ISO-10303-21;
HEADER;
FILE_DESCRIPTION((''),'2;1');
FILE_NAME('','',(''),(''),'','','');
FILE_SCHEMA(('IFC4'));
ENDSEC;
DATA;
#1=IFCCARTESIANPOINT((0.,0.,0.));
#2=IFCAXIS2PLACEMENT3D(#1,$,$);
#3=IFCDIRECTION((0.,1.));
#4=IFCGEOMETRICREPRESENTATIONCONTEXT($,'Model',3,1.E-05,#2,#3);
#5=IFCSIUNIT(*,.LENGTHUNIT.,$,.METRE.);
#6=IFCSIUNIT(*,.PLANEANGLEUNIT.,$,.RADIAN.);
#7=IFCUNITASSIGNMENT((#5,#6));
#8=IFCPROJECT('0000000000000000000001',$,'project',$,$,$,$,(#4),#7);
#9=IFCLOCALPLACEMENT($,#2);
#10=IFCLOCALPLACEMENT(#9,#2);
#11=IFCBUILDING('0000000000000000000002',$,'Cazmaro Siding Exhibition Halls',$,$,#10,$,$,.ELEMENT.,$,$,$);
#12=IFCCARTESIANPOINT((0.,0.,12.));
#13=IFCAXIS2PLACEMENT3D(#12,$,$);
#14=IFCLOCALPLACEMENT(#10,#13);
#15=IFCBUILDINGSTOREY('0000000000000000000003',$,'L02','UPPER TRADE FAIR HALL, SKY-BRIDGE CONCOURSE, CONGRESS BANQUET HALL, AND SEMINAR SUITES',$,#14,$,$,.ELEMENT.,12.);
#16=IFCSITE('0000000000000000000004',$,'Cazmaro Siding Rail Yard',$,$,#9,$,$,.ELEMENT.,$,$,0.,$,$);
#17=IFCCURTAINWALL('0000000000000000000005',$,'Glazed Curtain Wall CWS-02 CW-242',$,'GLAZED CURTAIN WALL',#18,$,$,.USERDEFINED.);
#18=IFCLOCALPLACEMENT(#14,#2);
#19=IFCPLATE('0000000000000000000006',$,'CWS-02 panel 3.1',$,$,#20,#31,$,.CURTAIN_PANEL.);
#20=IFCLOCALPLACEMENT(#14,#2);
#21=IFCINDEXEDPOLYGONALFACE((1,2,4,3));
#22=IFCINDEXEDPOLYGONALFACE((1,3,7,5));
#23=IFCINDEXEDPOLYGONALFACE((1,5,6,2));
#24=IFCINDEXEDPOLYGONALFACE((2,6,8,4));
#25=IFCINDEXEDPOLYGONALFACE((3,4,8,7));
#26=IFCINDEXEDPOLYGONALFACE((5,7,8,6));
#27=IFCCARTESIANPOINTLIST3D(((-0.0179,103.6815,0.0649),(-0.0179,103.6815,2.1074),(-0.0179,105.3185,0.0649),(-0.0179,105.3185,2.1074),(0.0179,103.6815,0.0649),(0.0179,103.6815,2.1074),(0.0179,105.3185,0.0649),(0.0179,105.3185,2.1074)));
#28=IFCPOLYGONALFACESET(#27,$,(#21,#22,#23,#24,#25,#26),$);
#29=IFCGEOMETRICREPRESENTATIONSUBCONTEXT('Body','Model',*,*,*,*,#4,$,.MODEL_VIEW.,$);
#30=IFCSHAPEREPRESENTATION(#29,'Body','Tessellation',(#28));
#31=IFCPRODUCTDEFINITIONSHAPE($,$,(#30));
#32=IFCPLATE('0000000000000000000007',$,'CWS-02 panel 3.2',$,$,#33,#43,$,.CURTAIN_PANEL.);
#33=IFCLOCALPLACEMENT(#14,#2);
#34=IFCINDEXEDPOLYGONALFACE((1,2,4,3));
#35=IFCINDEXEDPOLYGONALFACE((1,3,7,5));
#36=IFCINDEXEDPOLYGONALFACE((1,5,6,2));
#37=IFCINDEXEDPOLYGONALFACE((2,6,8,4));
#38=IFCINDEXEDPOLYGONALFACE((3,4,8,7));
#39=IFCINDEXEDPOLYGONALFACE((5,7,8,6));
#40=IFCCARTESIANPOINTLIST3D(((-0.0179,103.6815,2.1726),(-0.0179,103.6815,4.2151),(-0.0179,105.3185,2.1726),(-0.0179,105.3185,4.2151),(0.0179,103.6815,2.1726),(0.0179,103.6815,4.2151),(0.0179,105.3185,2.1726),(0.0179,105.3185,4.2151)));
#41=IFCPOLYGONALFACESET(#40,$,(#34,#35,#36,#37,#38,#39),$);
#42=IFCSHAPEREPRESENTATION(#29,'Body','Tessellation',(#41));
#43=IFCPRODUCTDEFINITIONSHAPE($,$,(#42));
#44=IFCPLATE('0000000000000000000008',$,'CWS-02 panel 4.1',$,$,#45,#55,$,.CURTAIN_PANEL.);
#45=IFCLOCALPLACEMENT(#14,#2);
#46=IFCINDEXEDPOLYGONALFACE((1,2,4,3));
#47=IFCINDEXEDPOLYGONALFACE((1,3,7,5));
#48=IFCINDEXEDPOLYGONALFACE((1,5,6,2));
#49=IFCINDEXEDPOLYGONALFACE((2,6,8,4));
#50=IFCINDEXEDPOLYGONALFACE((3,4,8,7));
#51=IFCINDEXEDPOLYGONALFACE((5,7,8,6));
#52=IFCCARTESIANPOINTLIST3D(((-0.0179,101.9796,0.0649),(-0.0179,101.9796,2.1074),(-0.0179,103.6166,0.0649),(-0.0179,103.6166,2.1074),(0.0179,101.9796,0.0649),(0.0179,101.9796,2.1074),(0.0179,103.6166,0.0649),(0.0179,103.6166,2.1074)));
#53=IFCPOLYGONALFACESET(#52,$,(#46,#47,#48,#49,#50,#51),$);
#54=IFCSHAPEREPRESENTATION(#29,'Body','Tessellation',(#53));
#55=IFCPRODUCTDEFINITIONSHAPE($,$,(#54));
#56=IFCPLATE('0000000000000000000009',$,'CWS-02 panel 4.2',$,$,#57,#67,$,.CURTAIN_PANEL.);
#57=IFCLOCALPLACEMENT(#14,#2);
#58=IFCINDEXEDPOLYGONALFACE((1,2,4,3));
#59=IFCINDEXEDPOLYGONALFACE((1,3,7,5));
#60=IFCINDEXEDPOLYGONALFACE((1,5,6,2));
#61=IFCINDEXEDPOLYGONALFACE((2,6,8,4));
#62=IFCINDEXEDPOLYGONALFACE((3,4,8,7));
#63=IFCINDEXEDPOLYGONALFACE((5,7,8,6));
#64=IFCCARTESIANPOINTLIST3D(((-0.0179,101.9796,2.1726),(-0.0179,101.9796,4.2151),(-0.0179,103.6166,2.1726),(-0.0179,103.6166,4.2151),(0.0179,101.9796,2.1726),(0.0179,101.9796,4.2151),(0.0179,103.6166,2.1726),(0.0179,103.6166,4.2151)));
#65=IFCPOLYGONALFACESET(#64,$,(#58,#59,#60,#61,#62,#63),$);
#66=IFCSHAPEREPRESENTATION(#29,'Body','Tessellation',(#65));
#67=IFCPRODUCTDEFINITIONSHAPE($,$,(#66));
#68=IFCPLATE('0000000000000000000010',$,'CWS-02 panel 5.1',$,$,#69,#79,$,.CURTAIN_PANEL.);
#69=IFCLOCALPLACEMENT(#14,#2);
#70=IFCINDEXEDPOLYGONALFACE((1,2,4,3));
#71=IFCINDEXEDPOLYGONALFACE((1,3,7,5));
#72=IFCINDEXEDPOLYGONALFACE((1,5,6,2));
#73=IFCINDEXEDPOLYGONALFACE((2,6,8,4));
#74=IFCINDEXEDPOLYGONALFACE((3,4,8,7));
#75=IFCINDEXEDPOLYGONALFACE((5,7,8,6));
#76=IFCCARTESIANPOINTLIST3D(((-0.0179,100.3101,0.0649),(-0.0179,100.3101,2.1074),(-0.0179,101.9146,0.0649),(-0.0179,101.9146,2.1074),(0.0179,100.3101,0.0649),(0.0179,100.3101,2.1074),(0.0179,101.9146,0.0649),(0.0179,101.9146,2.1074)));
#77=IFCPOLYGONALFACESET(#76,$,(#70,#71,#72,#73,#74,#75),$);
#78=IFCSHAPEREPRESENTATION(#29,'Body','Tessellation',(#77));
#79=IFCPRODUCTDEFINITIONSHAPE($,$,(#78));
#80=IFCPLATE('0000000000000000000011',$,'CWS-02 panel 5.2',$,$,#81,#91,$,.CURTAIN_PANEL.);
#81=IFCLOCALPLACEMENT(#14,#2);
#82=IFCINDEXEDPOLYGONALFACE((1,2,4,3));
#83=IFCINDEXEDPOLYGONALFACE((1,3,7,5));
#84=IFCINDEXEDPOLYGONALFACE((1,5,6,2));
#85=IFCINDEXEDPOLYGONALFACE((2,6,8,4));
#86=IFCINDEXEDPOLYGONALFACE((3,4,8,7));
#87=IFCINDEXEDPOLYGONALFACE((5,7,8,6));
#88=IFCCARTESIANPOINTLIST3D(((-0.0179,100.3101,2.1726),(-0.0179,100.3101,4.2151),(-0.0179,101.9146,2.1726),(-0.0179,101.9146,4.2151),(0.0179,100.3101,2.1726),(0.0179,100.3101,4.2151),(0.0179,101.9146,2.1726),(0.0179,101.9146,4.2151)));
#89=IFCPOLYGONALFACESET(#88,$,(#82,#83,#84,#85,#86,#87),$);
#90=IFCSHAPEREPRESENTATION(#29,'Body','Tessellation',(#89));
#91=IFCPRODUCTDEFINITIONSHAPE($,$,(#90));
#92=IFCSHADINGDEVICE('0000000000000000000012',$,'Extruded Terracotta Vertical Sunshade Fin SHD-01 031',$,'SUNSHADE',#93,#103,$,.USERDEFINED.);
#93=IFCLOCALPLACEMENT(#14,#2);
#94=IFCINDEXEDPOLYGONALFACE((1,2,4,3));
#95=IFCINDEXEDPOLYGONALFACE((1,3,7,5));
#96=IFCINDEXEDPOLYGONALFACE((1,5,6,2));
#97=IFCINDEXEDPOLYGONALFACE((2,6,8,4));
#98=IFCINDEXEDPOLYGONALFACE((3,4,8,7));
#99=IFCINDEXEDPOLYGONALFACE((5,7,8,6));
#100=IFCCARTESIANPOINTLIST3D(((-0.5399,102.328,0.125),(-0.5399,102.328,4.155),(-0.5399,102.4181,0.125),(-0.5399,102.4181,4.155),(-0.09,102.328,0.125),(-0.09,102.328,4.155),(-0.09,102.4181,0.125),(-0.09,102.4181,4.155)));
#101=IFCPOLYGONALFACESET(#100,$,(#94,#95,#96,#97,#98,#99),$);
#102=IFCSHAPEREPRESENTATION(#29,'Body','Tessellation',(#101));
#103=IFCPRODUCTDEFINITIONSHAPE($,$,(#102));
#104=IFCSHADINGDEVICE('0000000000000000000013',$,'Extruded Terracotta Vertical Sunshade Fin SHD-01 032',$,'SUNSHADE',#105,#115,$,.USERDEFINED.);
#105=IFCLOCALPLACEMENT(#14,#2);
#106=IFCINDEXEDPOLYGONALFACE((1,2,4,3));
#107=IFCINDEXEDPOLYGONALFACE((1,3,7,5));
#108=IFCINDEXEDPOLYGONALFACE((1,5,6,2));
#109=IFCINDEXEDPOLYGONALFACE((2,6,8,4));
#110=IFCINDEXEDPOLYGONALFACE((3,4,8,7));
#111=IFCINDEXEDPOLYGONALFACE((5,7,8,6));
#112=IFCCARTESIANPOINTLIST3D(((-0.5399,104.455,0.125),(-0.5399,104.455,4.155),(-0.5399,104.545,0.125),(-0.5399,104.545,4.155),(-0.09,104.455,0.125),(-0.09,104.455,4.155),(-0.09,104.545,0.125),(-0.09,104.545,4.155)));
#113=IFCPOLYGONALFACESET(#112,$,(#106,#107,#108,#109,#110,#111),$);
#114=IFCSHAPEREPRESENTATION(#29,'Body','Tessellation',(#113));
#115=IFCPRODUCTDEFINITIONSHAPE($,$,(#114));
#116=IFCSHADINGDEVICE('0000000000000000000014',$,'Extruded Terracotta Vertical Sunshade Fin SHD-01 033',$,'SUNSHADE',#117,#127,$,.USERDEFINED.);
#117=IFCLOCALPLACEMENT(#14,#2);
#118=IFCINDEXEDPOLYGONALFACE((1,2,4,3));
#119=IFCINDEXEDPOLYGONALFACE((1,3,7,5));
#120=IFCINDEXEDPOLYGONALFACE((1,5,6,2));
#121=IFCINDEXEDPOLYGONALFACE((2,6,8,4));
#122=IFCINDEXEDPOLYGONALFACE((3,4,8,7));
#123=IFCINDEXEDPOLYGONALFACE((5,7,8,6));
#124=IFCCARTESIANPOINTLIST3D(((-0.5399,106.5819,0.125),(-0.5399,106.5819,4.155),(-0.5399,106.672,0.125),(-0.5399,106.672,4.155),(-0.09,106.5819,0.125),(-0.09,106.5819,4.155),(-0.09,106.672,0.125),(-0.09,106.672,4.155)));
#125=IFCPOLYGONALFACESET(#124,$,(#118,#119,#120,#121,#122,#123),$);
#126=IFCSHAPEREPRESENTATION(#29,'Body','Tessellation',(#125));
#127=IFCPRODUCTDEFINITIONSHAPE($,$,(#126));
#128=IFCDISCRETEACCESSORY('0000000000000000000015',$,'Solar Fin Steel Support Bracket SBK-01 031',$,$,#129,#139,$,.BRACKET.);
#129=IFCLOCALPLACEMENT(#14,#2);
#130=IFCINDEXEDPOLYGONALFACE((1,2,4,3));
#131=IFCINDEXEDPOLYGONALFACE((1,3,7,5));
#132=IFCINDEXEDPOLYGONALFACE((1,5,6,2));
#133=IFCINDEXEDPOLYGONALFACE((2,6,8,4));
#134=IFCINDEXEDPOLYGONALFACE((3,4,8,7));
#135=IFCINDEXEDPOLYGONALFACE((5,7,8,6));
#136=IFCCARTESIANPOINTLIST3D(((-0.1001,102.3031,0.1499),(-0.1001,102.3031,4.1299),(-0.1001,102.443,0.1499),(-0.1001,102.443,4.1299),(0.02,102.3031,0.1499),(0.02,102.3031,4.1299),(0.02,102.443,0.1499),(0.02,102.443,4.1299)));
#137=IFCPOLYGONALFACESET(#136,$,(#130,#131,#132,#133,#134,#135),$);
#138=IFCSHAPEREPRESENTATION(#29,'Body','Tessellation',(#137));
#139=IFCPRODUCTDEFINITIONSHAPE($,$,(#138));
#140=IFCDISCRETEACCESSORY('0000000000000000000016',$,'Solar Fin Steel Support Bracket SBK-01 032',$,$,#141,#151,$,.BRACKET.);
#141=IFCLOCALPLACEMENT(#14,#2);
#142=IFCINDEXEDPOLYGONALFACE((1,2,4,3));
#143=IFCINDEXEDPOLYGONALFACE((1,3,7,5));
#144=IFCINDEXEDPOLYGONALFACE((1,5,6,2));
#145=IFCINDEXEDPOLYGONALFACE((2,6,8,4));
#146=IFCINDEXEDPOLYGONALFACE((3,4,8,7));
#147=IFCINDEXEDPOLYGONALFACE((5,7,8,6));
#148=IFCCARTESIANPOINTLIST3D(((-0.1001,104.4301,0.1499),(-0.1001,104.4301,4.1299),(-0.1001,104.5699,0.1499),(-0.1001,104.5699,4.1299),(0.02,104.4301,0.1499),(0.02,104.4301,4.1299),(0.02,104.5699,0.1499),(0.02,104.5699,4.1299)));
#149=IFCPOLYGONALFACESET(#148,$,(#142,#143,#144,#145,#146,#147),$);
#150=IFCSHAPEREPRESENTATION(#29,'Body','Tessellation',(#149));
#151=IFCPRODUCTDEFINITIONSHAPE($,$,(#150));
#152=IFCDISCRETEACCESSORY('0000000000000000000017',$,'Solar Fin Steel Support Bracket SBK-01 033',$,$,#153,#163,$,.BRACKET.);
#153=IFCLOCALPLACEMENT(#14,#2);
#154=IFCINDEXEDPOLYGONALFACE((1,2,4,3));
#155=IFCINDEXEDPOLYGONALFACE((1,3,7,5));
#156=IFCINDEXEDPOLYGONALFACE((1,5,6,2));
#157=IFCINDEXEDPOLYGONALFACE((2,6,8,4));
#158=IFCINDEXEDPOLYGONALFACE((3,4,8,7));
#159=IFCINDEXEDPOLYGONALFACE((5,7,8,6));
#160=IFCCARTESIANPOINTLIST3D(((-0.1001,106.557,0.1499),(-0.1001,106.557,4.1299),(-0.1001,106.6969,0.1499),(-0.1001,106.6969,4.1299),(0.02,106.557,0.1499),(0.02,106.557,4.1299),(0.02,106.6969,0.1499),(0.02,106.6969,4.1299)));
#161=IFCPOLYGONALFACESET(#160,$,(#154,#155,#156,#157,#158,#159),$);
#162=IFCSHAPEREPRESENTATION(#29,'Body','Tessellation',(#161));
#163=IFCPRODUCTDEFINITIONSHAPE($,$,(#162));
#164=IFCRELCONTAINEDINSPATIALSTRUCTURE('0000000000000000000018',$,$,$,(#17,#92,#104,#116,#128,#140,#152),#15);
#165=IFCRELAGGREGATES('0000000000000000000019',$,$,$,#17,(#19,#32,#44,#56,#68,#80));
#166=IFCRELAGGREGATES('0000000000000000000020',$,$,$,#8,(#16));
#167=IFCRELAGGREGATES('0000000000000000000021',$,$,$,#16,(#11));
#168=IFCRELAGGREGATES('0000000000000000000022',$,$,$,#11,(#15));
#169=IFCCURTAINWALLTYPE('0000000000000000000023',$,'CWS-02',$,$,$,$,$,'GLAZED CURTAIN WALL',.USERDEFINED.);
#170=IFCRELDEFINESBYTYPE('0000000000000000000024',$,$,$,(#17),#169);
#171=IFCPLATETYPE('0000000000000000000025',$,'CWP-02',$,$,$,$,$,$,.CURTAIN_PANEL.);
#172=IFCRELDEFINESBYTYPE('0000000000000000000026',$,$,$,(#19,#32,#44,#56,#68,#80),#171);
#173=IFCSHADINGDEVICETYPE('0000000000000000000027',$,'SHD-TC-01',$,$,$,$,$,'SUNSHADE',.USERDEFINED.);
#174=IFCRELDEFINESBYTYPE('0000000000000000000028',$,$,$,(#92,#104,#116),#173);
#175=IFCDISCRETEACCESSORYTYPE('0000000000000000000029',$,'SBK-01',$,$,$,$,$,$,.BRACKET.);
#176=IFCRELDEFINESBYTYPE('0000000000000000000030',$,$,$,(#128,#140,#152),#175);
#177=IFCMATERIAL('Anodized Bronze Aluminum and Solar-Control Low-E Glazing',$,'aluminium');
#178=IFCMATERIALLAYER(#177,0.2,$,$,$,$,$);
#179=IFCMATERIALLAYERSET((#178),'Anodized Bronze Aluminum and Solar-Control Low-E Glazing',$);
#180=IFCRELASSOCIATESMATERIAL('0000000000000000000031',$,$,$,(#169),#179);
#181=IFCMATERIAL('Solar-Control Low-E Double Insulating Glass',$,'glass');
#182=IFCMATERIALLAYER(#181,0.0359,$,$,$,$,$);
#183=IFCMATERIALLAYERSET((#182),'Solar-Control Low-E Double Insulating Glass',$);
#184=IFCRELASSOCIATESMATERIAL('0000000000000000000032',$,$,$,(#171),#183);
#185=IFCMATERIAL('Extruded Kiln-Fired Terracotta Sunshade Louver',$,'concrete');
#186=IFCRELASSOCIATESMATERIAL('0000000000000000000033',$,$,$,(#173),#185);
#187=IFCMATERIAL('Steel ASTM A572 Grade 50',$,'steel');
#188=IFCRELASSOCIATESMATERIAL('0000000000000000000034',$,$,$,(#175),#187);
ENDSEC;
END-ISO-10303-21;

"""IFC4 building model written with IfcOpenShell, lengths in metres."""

from ifc_helpers import new_model, si_unit, direction, frame, origin, origin_2d, place, context, subcontext, project, spatial, rectangle, extrude, material, layer, layer_set, type_object, element, aggregate, save


model = new_model("IFC4")

# Units and contexts
model_context = context("Model", 3, precision=1e-05, world=origin(), true_north=direction((0.0, 1.0)))
body_context = subcontext(model_context, "Body", "Model", "MODEL_VIEW")
ifc_project = project(units=[si_unit("LENGTHUNIT", "METRE"), si_unit("PLANEANGLEUNIT", "RADIAN")], contexts=[model_context])

# Site, building, storey
site_placement = place(None, origin())
site = spatial("IfcSite", under=ifc_project, at=site_placement, Name="Cazmaro Siding Rail Yard", CompositionType="ELEMENT", RefElevation=0.0)
building_placement = place(site_placement, origin())
building = spatial("IfcBuilding", under=site, at=building_placement, Name="Cazmaro Siding Exhibition Halls", CompositionType="ELEMENT")
storey_placement = place(building_placement, frame((0.0, 0.0, 12.0)))
storey = spatial("IfcBuildingStorey", under=building, at=storey_placement, Name="L02", Description="UPPER TRADE FAIR HALL, SKY-BRIDGE CONCOURSE, CONGRESS BANQUET HALL, AND SEMINAR SUITES", CompositionType="ELEMENT", Elevation=12.0)

# Curtain wall
ifc_material_1 = material(Name="Anodized Bronze Aluminum and Solar-Control Low-E Glazing", Category="aluminium")
ifc_layer_1 = layer(ifc_material_1, 0.2)
ifc_layer_set_1 = layer_set([ifc_layer_1], Name="Anodized Bronze Aluminum and Solar-Control Low-E Glazing")
curtain_wall_type = type_object("IfcCurtainWallType", Name="CWS-02", ElementType="GLAZED CURTAIN WALL", PredefinedType="USERDEFINED", material=ifc_layer_set_1)
curtain_wall_placement = place(storey_placement, origin())
curtain_wall = element("IfcCurtainWall", 1, at=curtain_wall_placement, inside=storey, type_object=curtain_wall_type, Name="Glazed Curtain Wall CWS-02 CW-242", ObjectType="GLAZED CURTAIN WALL", PredefinedType="USERDEFINED")

# Plates
ifc_material_2 = material(Name="Solar-Control Low-E Double Insulating Glass", Category="glass")
ifc_layer_2 = layer(ifc_material_2, 0.0359)
ifc_layer_set_2 = layer_set([ifc_layer_2], Name="Solar-Control Low-E Double Insulating Glass")
plate_type = type_object("IfcPlateType", Name="CWP-02", PredefinedType="CURTAIN_PANEL", material=ifc_layer_set_2)
plate_1_placement = place(storey_placement, frame((0.0, 104.5, 0.0649), z_axis=(0.0, 0.0, 1.0), x_axis=(0.0, -1.0, 0.0)))
plate_1 = element("IfcPlate", 2, at=plate_1_placement, type_object=plate_type, Name="CWS-02 panel 3.1", PredefinedType="CURTAIN_PANEL", context=body_context, shape_type="SweptSolid", body=[
    extrude(rectangle(XDim=1.637, YDim=0.0359, at=origin_2d()), origin(), (0.0, 0.0, 1.0), 2.0425),
])
plate_2_placement = place(storey_placement, frame((0.0, 104.5, 2.1726), z_axis=(0.0, 0.0, 1.0), x_axis=(0.0, -1.0, 0.0)))
plate_2 = element("IfcPlate", 3, at=plate_2_placement, type_object=plate_type, Name="CWS-02 panel 3.2", PredefinedType="CURTAIN_PANEL", context=body_context, shape_type="SweptSolid", body=[
    extrude(rectangle(XDim=1.637, YDim=0.0359, at=origin_2d()), origin(), (0.0, 0.0, 1.0), 2.0425),
])
plate_3_placement = place(storey_placement, frame((0.0, 102.7981, 0.0649), z_axis=(0.0, 0.0, 1.0), x_axis=(0.0, -1.0, 0.0)))
plate_3 = element("IfcPlate", 4, at=plate_3_placement, type_object=plate_type, Name="CWS-02 panel 4.1", PredefinedType="CURTAIN_PANEL", context=body_context, shape_type="SweptSolid", body=[
    extrude(rectangle(XDim=1.637, YDim=0.0359, at=origin_2d()), origin(), (0.0, 0.0, 1.0), 2.0425),
])
plate_4_placement = place(storey_placement, frame((0.0, 102.7981, 2.1726), z_axis=(0.0, 0.0, 1.0), x_axis=(0.0, -1.0, 0.0)))
plate_4 = element("IfcPlate", 5, at=plate_4_placement, type_object=plate_type, Name="CWS-02 panel 4.2", PredefinedType="CURTAIN_PANEL", context=body_context, shape_type="SweptSolid", body=[
    extrude(rectangle(XDim=1.637, YDim=0.0359, at=origin_2d()), origin(), (0.0, 0.0, 1.0), 2.0425),
])
plate_5_placement = place(storey_placement, frame((0.0, 101.1123, 0.0649), z_axis=(0.0, 0.0, 1.0), x_axis=(0.0, -1.0, 0.0)))
plate_5 = element("IfcPlate", 6, at=plate_5_placement, type_object=plate_type, Name="CWS-02 panel 5.1", PredefinedType="CURTAIN_PANEL", context=body_context, shape_type="SweptSolid", body=[
    extrude(rectangle(XDim=1.6045, YDim=0.0359, at=origin_2d()), origin(), (0.0, 0.0, 1.0), 2.0425),
])
plate_6_placement = place(storey_placement, frame((0.0, 101.1123, 2.1726), z_axis=(0.0, 0.0, 1.0), x_axis=(0.0, -1.0, 0.0)))
plate_6 = element("IfcPlate", 7, at=plate_6_placement, type_object=plate_type, Name="CWS-02 panel 5.2", PredefinedType="CURTAIN_PANEL", context=body_context, shape_type="SweptSolid", body=[
    extrude(rectangle(XDim=1.6045, YDim=0.0359, at=origin_2d()), origin(), (0.0, 0.0, 1.0), 2.0425),
])
aggregate(curtain_wall, [plate_1, plate_2, plate_3, plate_4, plate_5, plate_6])

# Shading devices
ifc_material_3 = material(Name="Extruded Kiln-Fired Terracotta Sunshade Louver", Category="concrete")
shading_device_type = type_object("IfcShadingDeviceType", Name="SHD-TC-01", ElementType="SUNSHADE", PredefinedType="USERDEFINED", material=ifc_material_3)
for number, where, z_axis, x_axis, name in (
    (8, (-0.3149, 102.373, 0.125), (0.0, 0.0, 1.0), (1.0, 0.0, 0.0), "Extruded Terracotta Vertical Sunshade Fin SHD-01 031"),
    (9, (-0.3149, 104.5, 0.125), (0.0, 0.0, 1.0), (1.0, 0.0, 0.0), "Extruded Terracotta Vertical Sunshade Fin SHD-01 032"),
    (10, (-0.3149, 106.627, 0.125), (0.0, 0.0, 1.0), (1.0, 0.0, 0.0), "Extruded Terracotta Vertical Sunshade Fin SHD-01 033"),
):
    element("IfcShadingDevice", number, at=place(storey_placement, frame(where, z_axis=z_axis, x_axis=x_axis)), inside=storey, type_object=shading_device_type, Name=name, ObjectType="SUNSHADE", PredefinedType="USERDEFINED", context=body_context, shape_type="SweptSolid", body=[
        extrude(rectangle(XDim=0.45, YDim=0.0901, at=origin_2d()), origin(), (0.0, 0.0, 1.0), 4.03),
    ])

# Discrete accessories
ifc_material_4 = material(Name="Steel ASTM A572 Grade 50", Category="steel")
discrete_accessory_type = type_object("IfcDiscreteAccessoryType", Name="SBK-01", PredefinedType="BRACKET", material=ifc_material_4)
for number, where, z_axis, x_axis, name in (
    (11, (-0.04, 102.373, 0.1499), (0.0, 0.0, 1.0), (1.0, 0.0, 0.0), "Solar Fin Steel Support Bracket SBK-01 031"),
    (12, (-0.04, 104.5, 0.1499), (0.0, 0.0, 1.0), (1.0, 0.0, 0.0), "Solar Fin Steel Support Bracket SBK-01 032"),
    (13, (-0.04, 106.627, 0.1499), (0.0, 0.0, 1.0), (1.0, 0.0, 0.0), "Solar Fin Steel Support Bracket SBK-01 033"),
):
    element("IfcDiscreteAccessory", number, at=place(storey_placement, frame(where, z_axis=z_axis, x_axis=x_axis)), inside=storey, type_object=discrete_accessory_type, Name=name, PredefinedType="BRACKET", context=body_context, shape_type="SweptSolid", body=[
        extrude(rectangle(XDim=0.1201, YDim=0.1399, at=origin_2d()), origin(), (0.0, 0.0, 1.0), 3.98),
    ])

save(model, "model.ifc")
